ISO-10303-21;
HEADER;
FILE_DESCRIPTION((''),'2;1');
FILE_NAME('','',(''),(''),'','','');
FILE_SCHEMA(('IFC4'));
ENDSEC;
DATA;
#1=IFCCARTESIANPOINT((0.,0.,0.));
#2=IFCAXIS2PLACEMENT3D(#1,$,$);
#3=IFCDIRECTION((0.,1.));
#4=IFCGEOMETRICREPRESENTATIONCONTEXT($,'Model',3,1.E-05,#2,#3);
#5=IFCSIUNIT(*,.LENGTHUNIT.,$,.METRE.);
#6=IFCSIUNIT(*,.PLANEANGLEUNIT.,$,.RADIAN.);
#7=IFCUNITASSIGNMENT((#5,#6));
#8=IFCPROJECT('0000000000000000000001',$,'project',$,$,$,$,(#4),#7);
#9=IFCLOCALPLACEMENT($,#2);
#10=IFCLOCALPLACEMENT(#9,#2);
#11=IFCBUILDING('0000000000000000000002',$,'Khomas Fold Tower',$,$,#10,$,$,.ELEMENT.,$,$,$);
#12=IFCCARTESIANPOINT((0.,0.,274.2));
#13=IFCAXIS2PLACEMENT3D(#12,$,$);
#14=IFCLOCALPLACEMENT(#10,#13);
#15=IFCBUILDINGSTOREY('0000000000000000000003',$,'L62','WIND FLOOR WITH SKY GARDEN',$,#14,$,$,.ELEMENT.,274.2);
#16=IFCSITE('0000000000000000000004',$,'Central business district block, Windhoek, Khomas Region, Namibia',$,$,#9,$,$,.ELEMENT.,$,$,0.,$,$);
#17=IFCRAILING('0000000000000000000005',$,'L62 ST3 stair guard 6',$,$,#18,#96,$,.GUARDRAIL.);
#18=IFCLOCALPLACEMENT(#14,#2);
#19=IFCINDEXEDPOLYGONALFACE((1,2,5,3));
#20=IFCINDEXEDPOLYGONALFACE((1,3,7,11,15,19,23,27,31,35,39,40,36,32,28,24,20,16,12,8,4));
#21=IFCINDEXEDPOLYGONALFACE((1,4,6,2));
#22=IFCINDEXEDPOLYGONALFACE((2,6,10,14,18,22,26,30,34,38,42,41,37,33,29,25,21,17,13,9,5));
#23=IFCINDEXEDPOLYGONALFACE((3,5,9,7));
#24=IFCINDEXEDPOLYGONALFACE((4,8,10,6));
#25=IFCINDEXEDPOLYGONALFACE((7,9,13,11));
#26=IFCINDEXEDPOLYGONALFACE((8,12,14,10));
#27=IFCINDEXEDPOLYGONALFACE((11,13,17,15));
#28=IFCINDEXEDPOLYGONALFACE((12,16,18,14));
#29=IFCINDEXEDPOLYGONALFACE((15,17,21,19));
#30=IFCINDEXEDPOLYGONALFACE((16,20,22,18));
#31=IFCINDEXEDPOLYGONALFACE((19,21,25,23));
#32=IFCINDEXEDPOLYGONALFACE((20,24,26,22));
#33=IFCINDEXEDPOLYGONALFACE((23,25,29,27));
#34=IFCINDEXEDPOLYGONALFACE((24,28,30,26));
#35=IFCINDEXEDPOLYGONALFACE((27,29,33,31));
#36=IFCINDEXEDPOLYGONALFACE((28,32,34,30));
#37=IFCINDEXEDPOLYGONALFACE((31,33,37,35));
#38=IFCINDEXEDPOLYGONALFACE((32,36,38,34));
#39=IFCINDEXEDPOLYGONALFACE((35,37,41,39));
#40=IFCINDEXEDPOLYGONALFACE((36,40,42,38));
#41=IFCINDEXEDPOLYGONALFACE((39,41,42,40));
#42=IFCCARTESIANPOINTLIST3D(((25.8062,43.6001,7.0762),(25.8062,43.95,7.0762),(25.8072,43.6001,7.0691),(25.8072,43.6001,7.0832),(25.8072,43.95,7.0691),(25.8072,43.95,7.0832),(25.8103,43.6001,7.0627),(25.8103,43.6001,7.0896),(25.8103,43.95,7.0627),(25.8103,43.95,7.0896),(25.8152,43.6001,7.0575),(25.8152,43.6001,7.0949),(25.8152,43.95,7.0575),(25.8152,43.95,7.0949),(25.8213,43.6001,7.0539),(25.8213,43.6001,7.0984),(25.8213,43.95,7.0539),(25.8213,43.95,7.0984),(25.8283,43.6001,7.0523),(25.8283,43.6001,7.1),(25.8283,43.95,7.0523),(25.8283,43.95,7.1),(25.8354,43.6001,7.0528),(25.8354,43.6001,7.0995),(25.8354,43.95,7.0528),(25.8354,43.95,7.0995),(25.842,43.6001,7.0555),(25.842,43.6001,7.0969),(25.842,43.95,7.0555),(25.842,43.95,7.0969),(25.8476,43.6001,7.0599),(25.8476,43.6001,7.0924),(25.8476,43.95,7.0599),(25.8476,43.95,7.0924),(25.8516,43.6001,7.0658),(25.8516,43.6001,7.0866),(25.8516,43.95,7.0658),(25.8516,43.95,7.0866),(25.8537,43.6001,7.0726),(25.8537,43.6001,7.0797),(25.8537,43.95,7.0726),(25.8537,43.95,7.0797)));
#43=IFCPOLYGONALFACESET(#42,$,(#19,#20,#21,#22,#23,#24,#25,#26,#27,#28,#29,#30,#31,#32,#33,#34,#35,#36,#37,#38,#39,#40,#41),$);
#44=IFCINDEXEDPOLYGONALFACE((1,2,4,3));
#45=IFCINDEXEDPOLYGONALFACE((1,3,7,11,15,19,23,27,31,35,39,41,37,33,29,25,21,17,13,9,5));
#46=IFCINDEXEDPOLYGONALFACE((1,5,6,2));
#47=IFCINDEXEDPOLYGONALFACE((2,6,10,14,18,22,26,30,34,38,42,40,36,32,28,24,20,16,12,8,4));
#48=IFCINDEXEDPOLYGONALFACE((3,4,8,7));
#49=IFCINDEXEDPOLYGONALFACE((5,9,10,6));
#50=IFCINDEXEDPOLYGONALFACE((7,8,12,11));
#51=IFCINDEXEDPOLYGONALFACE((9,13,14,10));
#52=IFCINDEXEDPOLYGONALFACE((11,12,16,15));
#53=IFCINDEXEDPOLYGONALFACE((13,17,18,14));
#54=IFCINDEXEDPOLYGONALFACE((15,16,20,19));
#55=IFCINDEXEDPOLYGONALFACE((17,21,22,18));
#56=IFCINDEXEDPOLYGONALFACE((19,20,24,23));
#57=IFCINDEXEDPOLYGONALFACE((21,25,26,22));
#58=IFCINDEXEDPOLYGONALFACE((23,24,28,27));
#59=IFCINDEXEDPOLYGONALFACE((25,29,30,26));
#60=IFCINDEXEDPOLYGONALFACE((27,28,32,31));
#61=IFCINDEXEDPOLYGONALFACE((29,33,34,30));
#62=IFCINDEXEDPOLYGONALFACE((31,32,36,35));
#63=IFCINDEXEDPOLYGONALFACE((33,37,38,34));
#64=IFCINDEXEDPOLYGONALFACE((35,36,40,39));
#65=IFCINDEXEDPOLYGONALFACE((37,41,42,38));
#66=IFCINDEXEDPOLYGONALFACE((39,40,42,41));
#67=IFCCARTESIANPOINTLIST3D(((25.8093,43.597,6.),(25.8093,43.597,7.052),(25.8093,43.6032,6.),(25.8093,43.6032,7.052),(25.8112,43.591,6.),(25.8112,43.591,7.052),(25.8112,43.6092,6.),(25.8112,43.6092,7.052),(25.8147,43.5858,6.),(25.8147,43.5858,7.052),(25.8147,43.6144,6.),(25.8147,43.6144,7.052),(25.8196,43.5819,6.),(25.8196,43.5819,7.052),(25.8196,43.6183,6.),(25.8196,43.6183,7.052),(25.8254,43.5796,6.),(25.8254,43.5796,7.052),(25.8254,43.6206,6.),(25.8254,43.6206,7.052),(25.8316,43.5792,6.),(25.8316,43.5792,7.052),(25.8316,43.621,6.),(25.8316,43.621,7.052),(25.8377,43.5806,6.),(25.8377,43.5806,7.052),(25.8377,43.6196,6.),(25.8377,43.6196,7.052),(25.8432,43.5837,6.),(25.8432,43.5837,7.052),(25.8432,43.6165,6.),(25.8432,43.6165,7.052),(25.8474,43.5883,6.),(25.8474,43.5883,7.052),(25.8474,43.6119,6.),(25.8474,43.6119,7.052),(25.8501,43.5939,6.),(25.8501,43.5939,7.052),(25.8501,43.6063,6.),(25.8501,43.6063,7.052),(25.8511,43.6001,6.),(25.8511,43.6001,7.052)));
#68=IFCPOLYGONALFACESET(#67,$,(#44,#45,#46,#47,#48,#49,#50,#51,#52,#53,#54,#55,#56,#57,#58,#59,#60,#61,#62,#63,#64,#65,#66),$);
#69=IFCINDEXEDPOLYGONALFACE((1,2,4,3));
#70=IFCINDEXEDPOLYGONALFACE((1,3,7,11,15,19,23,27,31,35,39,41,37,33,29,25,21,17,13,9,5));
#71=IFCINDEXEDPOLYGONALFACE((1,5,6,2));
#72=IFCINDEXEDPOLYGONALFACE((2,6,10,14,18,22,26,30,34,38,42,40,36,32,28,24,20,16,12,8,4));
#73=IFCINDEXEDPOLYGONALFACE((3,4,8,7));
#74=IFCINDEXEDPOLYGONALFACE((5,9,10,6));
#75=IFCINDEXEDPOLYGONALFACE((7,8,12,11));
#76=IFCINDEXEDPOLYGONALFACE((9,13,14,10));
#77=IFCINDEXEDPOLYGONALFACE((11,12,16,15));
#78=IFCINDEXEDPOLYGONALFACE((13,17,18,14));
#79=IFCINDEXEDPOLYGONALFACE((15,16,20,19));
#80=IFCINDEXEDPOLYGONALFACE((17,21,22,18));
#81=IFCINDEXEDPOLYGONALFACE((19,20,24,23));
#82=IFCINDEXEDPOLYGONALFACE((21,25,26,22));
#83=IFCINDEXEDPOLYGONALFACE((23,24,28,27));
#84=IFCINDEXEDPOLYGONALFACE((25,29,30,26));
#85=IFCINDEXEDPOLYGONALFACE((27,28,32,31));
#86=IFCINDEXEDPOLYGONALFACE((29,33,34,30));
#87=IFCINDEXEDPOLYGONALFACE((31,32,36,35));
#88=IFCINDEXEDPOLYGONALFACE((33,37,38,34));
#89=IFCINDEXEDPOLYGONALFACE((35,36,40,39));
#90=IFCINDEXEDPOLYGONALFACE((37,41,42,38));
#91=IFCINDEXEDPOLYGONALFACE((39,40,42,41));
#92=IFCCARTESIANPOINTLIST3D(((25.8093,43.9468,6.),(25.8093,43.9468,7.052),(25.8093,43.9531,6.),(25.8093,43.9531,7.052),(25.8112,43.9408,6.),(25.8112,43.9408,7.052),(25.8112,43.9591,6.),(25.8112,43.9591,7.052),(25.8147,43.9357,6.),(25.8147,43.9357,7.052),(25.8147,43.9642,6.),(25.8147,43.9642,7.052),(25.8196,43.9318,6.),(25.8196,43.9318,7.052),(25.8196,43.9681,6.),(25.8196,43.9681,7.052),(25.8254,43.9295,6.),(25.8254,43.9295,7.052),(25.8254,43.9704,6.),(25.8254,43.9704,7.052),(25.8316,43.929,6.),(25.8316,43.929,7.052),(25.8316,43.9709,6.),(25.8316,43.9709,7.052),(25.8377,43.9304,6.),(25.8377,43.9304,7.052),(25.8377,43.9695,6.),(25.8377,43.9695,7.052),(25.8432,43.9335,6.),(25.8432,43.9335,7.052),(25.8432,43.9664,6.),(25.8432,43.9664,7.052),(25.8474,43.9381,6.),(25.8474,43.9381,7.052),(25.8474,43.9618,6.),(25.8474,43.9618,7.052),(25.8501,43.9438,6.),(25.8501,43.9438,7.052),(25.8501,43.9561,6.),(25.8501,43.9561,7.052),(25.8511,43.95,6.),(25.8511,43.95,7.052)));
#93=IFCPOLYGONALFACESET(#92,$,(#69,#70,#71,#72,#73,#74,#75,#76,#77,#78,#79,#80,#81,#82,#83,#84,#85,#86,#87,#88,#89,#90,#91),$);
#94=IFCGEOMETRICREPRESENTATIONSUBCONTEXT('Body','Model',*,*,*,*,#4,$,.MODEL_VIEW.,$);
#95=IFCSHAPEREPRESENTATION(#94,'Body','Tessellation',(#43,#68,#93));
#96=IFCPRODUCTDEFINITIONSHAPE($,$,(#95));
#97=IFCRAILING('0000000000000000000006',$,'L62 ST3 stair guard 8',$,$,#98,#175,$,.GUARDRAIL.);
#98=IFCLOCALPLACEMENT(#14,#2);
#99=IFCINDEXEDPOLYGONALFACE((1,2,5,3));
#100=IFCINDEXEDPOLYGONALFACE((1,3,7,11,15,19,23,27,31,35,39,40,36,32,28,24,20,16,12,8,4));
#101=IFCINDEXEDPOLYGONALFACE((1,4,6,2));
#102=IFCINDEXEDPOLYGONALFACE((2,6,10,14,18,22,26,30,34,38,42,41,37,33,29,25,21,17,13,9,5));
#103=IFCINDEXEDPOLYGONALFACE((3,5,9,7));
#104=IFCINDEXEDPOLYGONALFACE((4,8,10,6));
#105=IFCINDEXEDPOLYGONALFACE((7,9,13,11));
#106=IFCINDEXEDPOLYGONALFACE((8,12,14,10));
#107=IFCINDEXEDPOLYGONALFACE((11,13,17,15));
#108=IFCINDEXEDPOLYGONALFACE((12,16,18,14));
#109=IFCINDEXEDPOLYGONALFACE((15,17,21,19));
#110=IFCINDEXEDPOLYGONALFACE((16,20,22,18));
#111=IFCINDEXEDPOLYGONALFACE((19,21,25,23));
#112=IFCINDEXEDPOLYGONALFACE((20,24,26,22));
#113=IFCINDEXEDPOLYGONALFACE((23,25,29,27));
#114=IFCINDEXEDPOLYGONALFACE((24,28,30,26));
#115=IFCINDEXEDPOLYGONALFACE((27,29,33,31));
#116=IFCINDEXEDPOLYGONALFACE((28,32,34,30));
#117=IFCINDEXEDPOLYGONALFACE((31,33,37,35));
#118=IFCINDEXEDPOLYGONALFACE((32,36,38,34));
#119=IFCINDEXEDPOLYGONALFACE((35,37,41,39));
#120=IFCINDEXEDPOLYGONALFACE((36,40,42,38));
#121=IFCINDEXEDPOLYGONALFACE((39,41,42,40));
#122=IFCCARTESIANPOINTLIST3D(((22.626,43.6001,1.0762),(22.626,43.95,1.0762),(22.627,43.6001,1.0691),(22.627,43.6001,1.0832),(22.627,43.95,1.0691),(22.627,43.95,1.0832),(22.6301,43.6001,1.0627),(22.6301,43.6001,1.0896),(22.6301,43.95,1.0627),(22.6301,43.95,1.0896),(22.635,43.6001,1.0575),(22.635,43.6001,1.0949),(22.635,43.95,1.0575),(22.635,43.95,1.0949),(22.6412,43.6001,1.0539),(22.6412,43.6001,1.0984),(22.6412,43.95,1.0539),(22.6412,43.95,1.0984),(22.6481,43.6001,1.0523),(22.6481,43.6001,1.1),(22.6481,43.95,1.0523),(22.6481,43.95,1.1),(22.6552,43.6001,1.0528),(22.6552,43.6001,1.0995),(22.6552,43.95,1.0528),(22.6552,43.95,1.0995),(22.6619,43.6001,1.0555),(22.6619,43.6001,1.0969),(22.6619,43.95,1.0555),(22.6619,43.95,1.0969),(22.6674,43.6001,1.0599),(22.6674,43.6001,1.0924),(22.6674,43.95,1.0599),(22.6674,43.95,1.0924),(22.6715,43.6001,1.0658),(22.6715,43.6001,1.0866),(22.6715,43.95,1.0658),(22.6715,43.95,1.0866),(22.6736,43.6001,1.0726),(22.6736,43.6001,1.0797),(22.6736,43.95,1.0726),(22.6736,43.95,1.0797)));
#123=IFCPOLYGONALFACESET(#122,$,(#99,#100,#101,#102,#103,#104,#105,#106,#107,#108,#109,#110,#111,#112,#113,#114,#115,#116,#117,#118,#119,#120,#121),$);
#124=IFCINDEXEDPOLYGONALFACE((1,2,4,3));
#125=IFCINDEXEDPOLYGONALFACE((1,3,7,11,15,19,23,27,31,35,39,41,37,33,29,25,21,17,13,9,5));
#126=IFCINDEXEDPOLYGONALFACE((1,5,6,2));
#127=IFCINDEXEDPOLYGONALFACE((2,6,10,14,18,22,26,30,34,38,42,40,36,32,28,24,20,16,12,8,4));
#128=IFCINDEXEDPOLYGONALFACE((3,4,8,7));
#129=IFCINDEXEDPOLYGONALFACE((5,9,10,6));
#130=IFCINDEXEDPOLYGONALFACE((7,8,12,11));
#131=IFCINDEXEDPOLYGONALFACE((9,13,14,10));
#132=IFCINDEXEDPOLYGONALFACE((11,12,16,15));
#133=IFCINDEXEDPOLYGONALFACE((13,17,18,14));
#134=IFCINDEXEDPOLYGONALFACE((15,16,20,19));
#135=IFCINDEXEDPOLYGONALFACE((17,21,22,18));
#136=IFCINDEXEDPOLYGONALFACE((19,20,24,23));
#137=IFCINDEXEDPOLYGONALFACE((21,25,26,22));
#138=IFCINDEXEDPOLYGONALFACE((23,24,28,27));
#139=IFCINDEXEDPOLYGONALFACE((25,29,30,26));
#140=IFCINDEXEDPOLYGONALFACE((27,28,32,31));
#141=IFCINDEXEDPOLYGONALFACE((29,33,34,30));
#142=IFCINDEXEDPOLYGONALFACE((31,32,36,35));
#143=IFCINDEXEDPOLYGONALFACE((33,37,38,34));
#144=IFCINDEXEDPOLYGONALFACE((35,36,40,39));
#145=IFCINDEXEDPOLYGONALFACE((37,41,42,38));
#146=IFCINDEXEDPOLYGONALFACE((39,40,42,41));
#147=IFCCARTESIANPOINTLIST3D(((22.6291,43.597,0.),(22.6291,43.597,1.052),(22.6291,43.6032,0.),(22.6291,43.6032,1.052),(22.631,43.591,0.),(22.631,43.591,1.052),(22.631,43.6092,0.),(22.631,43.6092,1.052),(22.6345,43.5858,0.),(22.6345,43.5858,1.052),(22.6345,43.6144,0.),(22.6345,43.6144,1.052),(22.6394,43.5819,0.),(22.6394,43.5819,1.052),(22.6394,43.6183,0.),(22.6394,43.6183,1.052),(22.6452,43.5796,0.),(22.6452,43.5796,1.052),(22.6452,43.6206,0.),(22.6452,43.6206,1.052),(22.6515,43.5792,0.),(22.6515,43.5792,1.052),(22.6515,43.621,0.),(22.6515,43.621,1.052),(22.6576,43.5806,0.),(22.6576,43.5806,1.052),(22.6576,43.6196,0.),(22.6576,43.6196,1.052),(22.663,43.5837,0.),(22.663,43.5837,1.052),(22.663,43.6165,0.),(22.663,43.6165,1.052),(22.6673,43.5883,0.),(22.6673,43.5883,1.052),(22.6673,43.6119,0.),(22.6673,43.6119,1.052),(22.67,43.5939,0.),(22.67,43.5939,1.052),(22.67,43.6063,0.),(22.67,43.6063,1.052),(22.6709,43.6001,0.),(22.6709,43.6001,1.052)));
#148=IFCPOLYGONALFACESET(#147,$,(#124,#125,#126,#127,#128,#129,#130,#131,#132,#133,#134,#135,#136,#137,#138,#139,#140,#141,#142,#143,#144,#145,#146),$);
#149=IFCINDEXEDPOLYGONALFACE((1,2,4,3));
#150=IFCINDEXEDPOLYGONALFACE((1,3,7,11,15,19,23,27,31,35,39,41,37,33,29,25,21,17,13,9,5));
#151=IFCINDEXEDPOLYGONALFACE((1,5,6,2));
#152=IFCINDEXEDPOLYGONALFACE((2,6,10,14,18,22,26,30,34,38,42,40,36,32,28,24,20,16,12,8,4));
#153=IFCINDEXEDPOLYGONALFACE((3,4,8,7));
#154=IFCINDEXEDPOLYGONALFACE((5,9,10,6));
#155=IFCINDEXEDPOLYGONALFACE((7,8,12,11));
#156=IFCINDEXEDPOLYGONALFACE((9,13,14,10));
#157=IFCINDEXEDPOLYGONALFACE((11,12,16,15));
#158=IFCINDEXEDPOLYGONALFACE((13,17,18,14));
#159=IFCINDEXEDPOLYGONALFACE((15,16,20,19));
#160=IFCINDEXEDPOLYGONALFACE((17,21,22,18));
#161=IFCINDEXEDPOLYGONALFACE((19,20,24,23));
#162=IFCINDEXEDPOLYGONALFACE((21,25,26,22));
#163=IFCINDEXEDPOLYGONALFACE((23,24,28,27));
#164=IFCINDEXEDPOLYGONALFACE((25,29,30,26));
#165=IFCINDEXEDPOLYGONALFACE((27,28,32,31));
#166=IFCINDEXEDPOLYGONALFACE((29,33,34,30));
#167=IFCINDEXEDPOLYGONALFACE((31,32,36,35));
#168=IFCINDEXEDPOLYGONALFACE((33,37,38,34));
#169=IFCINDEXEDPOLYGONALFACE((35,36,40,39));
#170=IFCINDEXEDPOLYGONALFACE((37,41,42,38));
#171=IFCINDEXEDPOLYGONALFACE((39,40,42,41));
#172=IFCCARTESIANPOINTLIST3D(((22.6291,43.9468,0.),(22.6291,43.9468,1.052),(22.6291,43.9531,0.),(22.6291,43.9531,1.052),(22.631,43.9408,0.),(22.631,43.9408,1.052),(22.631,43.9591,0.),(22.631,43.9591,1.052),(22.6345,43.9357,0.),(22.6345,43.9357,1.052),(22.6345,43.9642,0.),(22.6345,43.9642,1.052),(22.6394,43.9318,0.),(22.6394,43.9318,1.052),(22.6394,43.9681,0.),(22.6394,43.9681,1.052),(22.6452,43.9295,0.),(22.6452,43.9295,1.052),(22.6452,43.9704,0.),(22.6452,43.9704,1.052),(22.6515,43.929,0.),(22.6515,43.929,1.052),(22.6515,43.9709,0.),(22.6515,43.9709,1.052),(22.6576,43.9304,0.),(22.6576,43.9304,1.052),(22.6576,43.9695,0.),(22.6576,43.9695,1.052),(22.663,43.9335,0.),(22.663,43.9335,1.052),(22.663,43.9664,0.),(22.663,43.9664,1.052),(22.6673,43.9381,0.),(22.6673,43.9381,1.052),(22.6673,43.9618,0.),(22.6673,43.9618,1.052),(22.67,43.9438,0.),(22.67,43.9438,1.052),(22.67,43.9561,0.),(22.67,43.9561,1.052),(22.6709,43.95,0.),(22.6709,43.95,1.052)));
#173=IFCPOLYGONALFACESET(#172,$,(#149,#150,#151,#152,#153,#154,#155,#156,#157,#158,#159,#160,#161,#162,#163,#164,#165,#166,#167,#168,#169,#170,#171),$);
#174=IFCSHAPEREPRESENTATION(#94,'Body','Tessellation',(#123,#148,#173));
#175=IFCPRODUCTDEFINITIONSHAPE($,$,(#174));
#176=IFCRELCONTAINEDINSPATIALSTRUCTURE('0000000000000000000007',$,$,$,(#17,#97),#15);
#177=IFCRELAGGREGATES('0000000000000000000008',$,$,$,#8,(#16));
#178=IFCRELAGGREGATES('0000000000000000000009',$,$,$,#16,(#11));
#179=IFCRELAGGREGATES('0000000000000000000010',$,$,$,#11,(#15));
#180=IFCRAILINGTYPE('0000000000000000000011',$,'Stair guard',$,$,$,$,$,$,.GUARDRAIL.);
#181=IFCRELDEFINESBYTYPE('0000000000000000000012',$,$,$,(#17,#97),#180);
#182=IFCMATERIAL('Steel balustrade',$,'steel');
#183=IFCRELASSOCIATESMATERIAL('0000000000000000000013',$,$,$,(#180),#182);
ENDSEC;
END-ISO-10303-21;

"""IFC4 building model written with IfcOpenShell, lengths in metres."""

from ifc_helpers import new_model, si_unit, direction, frame, origin, origin_2d, place, context, subcontext, project, spatial, circle, extrude, source, transform, mapped, material, type_object, element, save


model = new_model("IFC4")

# Units and contexts
model_context = context("Model", 3, precision=1e-05, world=origin(), true_north=direction((0.0, 1.0)))
body_context = subcontext(model_context, "Body", "Model", "MODEL_VIEW")
ifc_project = project(units=[si_unit("LENGTHUNIT", "METRE"), si_unit("PLANEANGLEUNIT", "RADIAN")], contexts=[model_context])

# Site, building, storey
site_placement = place(None, origin())
site = spatial("IfcSite", under=ifc_project, at=site_placement, Name="Central business district block, Windhoek, Khomas Region, Namibia", CompositionType="ELEMENT", RefElevation=0.0)
building_placement = place(site_placement, origin())
building = spatial("IfcBuilding", under=site, at=building_placement, Name="Khomas Fold Tower", CompositionType="ELEMENT")
storey_placement = place(building_placement, frame((0.0, 0.0, 274.2)))
storey = spatial("IfcBuildingStorey", under=building, at=storey_placement, Name="L62", Description="WIND FLOOR WITH SKY GARDEN", CompositionType="ELEMENT", Elevation=274.2)

# Railings
ifc_material_1 = material(Name="Steel balustrade", Category="steel")
railing_type_1 = type_object("IfcRailingType", Name="Stair guard", PredefinedType="GUARDRAIL", material=ifc_material_1)
shared_shape_1 = source(origin(), body_context, "Body", "SweptSolid", [
    extrude(circle(Radius=0.0239, at=origin_2d()), frame((0.0, 0.0, 1.0762), z_axis=(0.0, 1.0, 0.0), x_axis=(-1.0, 0.0, 0.0)), (0.0, 0.0, 1.0), 0.3499),
    extrude(circle(Radius=0.021, at=origin_2d()), origin(), (0.0, 0.0, 1.0), 1.052),
    extrude(circle(Radius=0.021, at=origin_2d()), frame((0.0, 0.3499, 0.0)), (0.0, 0.0, 1.0), 1.052),
])
for number, where, name in (
    (1, (25.8301, 43.6001, 6.0), "L62 ST3 stair guard 6"),
    (2, (22.6499, 43.6001, 0.0), "L62 ST3 stair guard 8"),
):
    element("IfcRailing", number, at=place(storey_placement, frame(where)), inside=storey, type_object=railing_type_1, Name=name, PredefinedType="GUARDRAIL", context=body_context, shape_type="MappedRepresentation", body=[
        mapped(shared_shape_1, transform((0.0, 0.0, 0.0))),
    ])

save(model, "model.ifc")
